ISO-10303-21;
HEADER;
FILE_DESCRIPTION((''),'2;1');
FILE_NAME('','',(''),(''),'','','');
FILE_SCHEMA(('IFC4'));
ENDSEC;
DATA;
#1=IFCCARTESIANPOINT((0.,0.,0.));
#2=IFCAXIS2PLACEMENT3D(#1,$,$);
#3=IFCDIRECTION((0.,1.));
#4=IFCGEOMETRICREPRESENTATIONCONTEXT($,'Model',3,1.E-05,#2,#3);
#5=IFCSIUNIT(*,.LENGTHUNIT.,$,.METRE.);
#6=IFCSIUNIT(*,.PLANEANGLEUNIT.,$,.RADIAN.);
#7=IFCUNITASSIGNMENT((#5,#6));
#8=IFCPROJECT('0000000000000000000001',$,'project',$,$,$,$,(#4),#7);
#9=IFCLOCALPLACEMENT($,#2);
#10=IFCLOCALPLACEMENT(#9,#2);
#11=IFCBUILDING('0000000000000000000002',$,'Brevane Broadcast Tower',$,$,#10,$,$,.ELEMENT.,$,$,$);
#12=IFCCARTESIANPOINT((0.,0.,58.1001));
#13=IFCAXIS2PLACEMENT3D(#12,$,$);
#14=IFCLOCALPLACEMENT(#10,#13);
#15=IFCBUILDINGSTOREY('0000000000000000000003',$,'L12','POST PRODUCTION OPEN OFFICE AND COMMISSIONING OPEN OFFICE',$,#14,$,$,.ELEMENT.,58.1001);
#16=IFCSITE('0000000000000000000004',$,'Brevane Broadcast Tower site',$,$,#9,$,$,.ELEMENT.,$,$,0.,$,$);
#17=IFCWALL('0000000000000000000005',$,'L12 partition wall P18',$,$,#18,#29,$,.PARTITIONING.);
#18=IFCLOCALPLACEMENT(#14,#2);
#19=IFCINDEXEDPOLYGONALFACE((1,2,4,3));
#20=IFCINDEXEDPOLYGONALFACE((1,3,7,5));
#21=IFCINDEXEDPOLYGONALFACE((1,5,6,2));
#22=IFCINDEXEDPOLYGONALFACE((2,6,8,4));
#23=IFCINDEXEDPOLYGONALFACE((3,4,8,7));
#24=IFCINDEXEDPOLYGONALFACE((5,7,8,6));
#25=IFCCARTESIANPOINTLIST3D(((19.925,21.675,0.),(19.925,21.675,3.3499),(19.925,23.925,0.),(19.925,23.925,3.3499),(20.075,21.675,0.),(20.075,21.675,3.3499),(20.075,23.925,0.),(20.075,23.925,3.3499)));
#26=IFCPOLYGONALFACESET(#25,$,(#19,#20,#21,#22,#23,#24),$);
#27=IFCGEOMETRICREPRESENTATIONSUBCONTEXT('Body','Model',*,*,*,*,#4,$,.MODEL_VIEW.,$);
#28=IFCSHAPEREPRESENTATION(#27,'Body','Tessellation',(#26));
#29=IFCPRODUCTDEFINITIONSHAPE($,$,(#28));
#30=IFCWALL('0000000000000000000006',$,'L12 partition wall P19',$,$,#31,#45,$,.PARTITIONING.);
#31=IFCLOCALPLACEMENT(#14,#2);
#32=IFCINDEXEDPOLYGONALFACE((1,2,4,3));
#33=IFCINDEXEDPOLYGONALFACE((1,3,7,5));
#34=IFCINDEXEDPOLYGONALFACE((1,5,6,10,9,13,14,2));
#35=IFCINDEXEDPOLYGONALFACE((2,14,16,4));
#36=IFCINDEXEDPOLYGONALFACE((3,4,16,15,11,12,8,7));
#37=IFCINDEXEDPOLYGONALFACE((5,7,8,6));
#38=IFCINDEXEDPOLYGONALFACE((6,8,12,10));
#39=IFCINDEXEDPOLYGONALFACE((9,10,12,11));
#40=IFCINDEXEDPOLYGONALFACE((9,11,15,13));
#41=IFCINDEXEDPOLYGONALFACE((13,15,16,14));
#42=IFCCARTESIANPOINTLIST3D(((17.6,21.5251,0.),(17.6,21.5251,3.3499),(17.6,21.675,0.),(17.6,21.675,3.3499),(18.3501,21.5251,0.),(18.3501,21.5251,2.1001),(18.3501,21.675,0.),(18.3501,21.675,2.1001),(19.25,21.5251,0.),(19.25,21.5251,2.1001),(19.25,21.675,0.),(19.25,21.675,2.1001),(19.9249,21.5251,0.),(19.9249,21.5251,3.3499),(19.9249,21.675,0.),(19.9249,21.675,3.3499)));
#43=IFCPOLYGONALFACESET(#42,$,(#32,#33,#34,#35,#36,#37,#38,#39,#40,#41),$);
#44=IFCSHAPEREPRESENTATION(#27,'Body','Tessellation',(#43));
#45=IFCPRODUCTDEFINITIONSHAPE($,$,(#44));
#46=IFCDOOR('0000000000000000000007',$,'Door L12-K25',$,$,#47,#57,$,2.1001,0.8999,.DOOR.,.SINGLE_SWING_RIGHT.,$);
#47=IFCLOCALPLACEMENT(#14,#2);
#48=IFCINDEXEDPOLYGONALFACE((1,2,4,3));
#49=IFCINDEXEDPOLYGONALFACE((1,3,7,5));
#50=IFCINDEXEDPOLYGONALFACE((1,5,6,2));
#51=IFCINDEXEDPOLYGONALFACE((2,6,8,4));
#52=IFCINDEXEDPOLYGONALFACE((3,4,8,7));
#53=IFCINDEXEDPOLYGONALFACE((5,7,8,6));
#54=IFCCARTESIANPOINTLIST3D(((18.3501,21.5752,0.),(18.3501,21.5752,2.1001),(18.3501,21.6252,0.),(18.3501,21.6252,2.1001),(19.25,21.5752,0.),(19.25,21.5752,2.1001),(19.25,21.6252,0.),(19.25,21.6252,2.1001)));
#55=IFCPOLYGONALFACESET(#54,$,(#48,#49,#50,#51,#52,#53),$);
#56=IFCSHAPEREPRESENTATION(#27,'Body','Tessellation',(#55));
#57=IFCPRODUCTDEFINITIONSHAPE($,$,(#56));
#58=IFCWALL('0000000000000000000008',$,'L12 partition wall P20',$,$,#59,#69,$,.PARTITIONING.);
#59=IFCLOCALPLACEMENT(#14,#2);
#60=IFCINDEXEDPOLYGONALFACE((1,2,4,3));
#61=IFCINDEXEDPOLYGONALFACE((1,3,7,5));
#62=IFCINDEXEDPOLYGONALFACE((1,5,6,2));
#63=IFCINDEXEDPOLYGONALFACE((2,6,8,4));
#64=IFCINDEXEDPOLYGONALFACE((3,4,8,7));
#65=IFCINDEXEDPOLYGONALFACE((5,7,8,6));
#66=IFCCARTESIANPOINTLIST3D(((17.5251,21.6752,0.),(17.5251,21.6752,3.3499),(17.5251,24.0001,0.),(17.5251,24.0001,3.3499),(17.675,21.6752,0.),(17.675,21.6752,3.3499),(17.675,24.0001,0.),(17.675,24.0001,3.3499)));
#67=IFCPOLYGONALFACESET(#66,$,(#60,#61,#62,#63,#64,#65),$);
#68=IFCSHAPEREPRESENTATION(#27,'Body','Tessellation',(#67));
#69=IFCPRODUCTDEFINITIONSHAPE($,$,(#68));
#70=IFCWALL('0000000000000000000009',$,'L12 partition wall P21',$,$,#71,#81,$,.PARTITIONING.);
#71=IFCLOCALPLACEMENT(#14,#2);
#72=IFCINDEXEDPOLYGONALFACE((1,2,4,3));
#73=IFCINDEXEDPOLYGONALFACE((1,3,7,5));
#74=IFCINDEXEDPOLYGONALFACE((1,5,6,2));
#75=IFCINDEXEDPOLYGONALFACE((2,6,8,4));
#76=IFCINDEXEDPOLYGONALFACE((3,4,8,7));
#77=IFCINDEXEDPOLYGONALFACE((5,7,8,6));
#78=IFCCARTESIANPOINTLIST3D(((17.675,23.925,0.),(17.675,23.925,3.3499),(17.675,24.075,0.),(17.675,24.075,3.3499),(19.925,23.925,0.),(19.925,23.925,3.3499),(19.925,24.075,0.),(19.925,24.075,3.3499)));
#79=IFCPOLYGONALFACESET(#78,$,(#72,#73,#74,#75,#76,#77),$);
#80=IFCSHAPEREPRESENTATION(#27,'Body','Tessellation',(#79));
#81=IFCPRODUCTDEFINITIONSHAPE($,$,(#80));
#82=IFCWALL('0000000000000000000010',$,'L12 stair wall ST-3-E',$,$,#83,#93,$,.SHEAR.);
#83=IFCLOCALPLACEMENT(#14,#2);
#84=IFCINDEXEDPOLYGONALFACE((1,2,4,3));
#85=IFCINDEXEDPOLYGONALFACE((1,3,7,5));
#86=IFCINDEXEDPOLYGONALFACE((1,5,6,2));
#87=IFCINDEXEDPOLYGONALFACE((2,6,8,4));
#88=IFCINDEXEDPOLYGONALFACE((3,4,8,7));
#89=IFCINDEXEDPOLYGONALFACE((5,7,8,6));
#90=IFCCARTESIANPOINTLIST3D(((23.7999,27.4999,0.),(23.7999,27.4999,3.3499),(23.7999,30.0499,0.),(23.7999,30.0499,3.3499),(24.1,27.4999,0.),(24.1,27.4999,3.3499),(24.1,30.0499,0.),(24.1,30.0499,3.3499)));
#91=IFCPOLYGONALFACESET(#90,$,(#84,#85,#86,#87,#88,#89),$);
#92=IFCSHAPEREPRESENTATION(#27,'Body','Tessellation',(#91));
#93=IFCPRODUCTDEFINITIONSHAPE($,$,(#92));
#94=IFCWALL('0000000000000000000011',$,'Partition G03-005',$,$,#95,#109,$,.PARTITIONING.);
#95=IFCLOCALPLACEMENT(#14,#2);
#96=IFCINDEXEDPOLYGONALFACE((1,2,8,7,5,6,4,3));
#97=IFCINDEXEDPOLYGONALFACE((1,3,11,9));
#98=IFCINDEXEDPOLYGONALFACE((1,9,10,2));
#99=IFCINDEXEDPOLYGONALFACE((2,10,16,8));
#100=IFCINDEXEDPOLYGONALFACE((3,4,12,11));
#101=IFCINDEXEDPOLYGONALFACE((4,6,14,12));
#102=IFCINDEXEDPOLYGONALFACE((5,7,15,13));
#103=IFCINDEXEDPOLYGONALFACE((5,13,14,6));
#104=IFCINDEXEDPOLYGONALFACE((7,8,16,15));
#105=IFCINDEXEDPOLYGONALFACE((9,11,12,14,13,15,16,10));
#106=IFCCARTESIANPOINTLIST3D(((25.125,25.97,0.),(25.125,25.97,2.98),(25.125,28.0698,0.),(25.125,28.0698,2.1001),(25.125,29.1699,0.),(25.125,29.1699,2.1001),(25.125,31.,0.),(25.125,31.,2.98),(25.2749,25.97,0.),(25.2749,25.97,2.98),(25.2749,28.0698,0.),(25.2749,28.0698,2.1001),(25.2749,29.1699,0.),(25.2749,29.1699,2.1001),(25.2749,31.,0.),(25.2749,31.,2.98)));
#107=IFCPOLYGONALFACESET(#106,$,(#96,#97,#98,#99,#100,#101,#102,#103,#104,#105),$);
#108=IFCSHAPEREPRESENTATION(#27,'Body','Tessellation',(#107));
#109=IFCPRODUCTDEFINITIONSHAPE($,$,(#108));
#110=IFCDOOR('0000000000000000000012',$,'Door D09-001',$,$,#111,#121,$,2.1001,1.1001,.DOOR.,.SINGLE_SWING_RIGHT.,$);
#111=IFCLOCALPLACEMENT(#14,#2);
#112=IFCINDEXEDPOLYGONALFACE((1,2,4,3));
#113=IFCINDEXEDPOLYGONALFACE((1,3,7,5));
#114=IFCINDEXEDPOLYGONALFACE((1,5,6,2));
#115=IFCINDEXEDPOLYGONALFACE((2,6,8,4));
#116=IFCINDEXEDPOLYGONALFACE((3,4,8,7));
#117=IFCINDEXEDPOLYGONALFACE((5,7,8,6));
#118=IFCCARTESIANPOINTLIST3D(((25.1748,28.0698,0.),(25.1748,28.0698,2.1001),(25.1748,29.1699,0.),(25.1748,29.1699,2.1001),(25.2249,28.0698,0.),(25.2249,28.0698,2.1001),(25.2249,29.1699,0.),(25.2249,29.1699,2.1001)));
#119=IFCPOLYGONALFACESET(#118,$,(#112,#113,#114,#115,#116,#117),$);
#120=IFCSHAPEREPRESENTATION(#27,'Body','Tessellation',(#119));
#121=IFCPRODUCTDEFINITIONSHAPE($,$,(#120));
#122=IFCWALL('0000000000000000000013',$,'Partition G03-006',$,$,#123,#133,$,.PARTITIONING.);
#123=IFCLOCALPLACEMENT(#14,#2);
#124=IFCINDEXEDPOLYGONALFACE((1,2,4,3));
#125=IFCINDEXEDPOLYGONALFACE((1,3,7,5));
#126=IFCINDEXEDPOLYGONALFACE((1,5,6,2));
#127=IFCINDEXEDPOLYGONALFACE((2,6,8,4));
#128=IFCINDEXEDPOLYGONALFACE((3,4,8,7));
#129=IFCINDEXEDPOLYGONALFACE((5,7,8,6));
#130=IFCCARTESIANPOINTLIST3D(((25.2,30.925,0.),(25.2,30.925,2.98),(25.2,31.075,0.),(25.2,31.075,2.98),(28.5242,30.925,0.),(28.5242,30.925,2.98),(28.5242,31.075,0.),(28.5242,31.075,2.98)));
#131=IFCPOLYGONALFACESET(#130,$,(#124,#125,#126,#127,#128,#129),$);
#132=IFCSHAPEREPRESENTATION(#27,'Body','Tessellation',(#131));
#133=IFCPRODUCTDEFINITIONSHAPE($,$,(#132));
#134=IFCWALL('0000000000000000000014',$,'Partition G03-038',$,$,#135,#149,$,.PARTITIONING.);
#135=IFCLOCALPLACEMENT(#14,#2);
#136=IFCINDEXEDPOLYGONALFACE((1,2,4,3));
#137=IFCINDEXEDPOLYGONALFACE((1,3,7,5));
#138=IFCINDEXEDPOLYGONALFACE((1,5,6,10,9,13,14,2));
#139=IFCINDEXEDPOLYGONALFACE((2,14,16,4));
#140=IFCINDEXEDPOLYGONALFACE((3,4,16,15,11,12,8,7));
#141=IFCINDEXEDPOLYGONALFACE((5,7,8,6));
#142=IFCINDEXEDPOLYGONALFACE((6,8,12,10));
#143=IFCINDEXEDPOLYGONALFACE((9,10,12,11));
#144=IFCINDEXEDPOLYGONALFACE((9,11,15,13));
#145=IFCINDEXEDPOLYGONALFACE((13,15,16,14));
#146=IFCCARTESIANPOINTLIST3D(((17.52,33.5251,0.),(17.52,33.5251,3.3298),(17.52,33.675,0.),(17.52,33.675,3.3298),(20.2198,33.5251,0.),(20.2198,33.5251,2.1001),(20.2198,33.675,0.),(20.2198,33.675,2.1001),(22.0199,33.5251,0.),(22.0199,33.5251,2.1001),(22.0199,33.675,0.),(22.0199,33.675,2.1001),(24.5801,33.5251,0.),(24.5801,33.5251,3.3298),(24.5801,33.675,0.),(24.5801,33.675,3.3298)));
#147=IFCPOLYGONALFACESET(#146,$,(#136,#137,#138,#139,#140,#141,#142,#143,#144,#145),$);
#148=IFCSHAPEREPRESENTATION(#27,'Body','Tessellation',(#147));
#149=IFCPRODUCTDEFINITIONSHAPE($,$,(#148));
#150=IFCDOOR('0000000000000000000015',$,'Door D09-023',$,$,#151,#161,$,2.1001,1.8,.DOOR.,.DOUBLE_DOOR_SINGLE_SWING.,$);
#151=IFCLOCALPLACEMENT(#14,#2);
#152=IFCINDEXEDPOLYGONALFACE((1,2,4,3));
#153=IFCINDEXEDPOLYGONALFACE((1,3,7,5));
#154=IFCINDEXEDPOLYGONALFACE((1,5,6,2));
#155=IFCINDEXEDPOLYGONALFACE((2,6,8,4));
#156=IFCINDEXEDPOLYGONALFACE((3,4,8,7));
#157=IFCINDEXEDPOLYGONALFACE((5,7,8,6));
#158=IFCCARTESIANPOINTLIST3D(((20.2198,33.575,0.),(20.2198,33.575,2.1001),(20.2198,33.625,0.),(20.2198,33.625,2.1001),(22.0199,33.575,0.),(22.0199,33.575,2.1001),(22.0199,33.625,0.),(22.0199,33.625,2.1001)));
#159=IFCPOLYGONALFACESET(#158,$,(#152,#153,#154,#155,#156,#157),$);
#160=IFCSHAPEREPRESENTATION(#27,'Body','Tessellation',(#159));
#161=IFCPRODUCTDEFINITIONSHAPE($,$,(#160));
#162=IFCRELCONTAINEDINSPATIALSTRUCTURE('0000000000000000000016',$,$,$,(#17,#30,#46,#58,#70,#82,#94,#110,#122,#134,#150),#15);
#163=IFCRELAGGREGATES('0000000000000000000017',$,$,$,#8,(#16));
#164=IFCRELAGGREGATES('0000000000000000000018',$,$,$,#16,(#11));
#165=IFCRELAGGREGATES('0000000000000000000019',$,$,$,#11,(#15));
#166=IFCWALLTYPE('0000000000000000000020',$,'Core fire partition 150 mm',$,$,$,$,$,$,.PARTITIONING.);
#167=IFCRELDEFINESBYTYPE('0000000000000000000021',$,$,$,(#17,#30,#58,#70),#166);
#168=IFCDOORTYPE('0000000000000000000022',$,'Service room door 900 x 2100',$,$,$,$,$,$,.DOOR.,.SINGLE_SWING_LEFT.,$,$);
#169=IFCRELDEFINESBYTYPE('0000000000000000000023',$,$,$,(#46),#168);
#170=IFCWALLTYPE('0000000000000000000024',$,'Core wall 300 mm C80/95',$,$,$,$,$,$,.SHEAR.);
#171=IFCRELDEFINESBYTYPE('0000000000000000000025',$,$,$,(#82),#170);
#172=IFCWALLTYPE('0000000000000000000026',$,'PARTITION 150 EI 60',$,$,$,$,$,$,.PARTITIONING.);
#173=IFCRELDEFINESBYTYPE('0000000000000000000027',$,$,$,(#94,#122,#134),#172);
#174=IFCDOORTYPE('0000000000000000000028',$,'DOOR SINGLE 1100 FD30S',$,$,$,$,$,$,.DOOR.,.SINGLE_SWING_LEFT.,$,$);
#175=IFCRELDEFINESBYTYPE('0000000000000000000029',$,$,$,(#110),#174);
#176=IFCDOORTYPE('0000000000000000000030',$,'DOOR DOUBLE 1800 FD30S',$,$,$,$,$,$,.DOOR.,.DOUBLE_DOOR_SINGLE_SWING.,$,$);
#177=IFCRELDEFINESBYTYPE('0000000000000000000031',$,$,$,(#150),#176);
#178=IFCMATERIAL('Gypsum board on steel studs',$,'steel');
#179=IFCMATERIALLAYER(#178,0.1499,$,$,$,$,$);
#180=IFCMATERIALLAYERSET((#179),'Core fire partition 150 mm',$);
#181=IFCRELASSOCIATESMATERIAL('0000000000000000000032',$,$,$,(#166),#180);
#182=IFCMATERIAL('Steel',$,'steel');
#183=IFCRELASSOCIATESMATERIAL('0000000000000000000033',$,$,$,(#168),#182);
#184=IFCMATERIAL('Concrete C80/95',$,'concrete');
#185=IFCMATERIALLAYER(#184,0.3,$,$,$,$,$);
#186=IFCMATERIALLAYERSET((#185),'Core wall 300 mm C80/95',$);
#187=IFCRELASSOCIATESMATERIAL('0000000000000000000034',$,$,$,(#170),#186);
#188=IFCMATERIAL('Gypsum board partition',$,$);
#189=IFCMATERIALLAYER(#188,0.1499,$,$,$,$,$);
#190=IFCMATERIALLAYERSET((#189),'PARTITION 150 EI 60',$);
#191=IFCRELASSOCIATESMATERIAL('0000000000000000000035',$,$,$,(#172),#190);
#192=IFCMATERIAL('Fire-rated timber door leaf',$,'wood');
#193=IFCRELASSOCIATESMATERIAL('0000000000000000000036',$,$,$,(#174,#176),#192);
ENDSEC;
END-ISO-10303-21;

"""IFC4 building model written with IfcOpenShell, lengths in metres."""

from ifc_helpers import new_model, si_unit, direction, frame, frame_2d, origin, place, context, subcontext, project, spatial, polyline, rectangle, outline, extrude, material, layer, layer_set, type_object, element, fill, save


model = new_model("IFC4")

# Units and contexts
model_context = context("Model", 3, precision=1e-05, world=origin(), true_north=direction((0.0, 1.0)))
body_context = subcontext(model_context, "Body", "Model", "MODEL_VIEW")
ifc_project = project(units=[si_unit("LENGTHUNIT", "METRE"), si_unit("PLANEANGLEUNIT", "RADIAN")], contexts=[model_context])

# Site, building, storey
site_placement = place(None, origin())
site = spatial("IfcSite", under=ifc_project, at=site_placement, Name="Brevane Broadcast Tower site", CompositionType="ELEMENT", RefElevation=0.0)
building_placement = place(site_placement, origin())
building = spatial("IfcBuilding", under=site, at=building_placement, Name="Brevane Broadcast Tower", CompositionType="ELEMENT")
storey_placement = place(building_placement, frame((0.0, 0.0, 58.1001)))
storey = spatial("IfcBuildingStorey", under=building, at=storey_placement, Name="L12", Description="POST PRODUCTION OPEN OFFICE AND COMMISSIONING OPEN OFFICE", CompositionType="ELEMENT", Elevation=58.1001)

# Shared definitions
ifc_material_1 = material(Name="Concrete C80/95", Category="concrete")

# Shared definitions
ifc_material_2 = material(Name="Gypsum board on steel studs", Category="steel")
ifc_layer_1 = layer(ifc_material_2, 0.1499)
ifc_layer_set_1 = layer_set([ifc_layer_1], Name="Core fire partition 150 mm")
wall_type_1 = type_object("IfcWallType", Name="Core fire partition 150 mm", PredefinedType="PARTITIONING", material=ifc_layer_set_1)

# Wall
wall_1_placement = place(storey_placement, frame((20.0, 21.675, 0.0), z_axis=(0.0, 0.0, 1.0), x_axis=(0.0, 1.0, 0.0)))
element("IfcWall", 1, at=wall_1_placement, inside=storey, type_object=wall_type_1, Name="L12 partition wall P18", PredefinedType="PARTITIONING", context=body_context, shape_type="SweptSolid", body=[
    extrude(rectangle(XDim=2.25, YDim=0.1499, at=frame_2d((1.125, 0.0))), origin(), (0.0, 0.0, 1.0), 3.3499),
])

# Wall, opening, door
wall_2_placement = place(storey_placement, frame((19.925, 21.6001, 0.0), z_axis=(0.0, 0.0, 1.0), x_axis=(-1.0, 0.0, 0.0)))
wall_2 = element("IfcWall", 2, at=wall_2_placement, inside=storey, type_object=wall_type_1, Name="L12 partition wall P19", PredefinedType="PARTITIONING", context=body_context, shape_type="SweptSolid", body=[
    extrude(rectangle(XDim=2.325, YDim=0.1499, at=frame_2d((1.1626, 0.0))), origin(), (0.0, 0.0, 1.0), 3.3499),
])
opening_1_placement = place(wall_2_placement, frame((0.675, 0.0, 0.0)))
opening_1 = element("IfcOpeningElement", 3, at=opening_1_placement, cuts=wall_2, PredefinedType="OPENING", context=body_context, shape_type="SweptSolid", body=[
    extrude(rectangle(XDim=0.8999, YDim=2.1001, at=frame_2d((0.45, 1.05))), frame((0.0, 0.085, 0.0), z_axis=(0.0, -1.0, 0.0), x_axis=(1.0, 0.0, 0.0)), (0.0, 0.0, 1.0), 0.1699),
])
ifc_material_3 = material(Name="Steel", Category="steel")
door_type_1 = type_object("IfcDoorType", Name="Service room door 900 x 2100", OperationType="SINGLE_SWING_LEFT", PredefinedType="DOOR", material=ifc_material_3)
door_1_placement = place(opening_1_placement, origin())
door_1 = element("IfcDoor", 4, at=door_1_placement, inside=storey, type_object=door_type_1, Name="Door L12-K25", OperationType="SINGLE_SWING_RIGHT", OverallHeight=2.1001, OverallWidth=0.8999, PredefinedType="DOOR", context=body_context, shape_type="SweptSolid", body=[
    extrude(rectangle(XDim=0.8999, YDim=2.1001, at=frame_2d((0.45, 1.05))), frame((0.0, 0.0249, 0.0), z_axis=(0.0, -1.0, 0.0), x_axis=(1.0, 0.0, 0.0)), (0.0, 0.0, 1.0), 0.05),
])
fill(opening_1, door_1)

# Walls
wall_3_placement = place(storey_placement, frame((17.6001, 21.675, 0.0), z_axis=(0.0, 0.0, 1.0), x_axis=(0.0, 1.0, 0.0)))
element("IfcWall", 5, at=wall_3_placement, inside=storey, type_object=wall_type_1, Name="L12 partition wall P20", PredefinedType="PARTITIONING", context=body_context, shape_type="SweptSolid", body=[
    extrude(rectangle(XDim=2.325, YDim=0.1499, at=frame_2d((1.1626, 0.0))), origin(), (0.0, 0.0, 1.0), 3.3499),
])
wall_4_placement = place(storey_placement, frame((17.675, 24.0, 0.0), z_axis=(0.0, 0.0, 1.0), x_axis=(1.0, 0.0, 0.0)))
element("IfcWall", 6, at=wall_4_placement, inside=storey, type_object=wall_type_1, Name="L12 partition wall P21", PredefinedType="PARTITIONING", context=body_context, shape_type="SweptSolid", body=[
    extrude(rectangle(XDim=2.25, YDim=0.1499, at=frame_2d((1.125, 0.0))), origin(), (0.0, 0.0, 1.0), 3.3499),
])
ifc_layer_2 = layer(ifc_material_1, 0.3)
ifc_layer_set_2 = layer_set([ifc_layer_2], Name="Core wall 300 mm C80/95")
wall_type_2 = type_object("IfcWallType", Name="Core wall 300 mm C80/95", PredefinedType="SHEAR", material=ifc_layer_set_2)
wall_5_placement = place(storey_placement, frame((23.95, 27.5, 0.0), z_axis=(0.0, 0.0, 1.0), x_axis=(0.0, 1.0, 0.0)))
element("IfcWall", 7, at=wall_5_placement, inside=storey, type_object=wall_type_2, Name="L12 stair wall ST-3-E", PredefinedType="SHEAR", context=body_context, shape_type="SweptSolid", body=[
    extrude(rectangle(XDim=2.55, YDim=0.3, at=frame_2d((1.2749, 0.0))), origin(), (0.0, 0.0, 1.0), 3.3499),
])

# Wall, opening, door
ifc_material_4 = material(Name="Gypsum board partition")
ifc_layer_3 = layer(ifc_material_4, 0.1499)
ifc_layer_set_3 = layer_set([ifc_layer_3], Name="PARTITION 150 EI 60")
wall_type_3 = type_object("IfcWallType", Name="PARTITION 150 EI 60", PredefinedType="PARTITIONING", material=ifc_layer_set_3)
wall_6_placement = place(storey_placement, frame((25.2, 31.0, 0.0), z_axis=(0.0, 0.0, 1.0), x_axis=(0.0, -1.0, 0.0)))
wall_6 = element("IfcWall", 8, at=wall_6_placement, inside=storey, type_object=wall_type_3, Name="Partition G03-005", PredefinedType="PARTITIONING", context=body_context, shape_type="SweptSolid", body=[
    extrude(outline(polyline([(0.0, 0.0), (5.03, 0.0), (5.03, 2.98), (0.0, 2.98), (0.0, 0.0)])), frame((0.0, 0.075, 0.0), z_axis=(0.0, -1.0, 0.0), x_axis=(1.0, 0.0, 0.0)), (0.0, 0.0, 1.0), 0.1499),
])
opening_2_placement = place(wall_6_placement, frame((1.8301, 0.0, 0.0)))
opening_2 = element("IfcOpeningElement", 9, at=opening_2_placement, cuts=wall_6, PredefinedType="OPENING", context=body_context, shape_type="SweptSolid", body=[
    extrude(rectangle(XDim=1.1001, YDim=2.1001, at=frame_2d((0.55, 1.05))), frame((0.0, 0.085, 0.0), z_axis=(0.0, -1.0, 0.0), x_axis=(1.0, 0.0, 0.0)), (0.0, 0.0, 1.0), 0.1699),
])
ifc_material_5 = material(Name="Fire-rated timber door leaf", Category="wood")
door_type_2 = type_object("IfcDoorType", Name="DOOR SINGLE 1100 FD30S", OperationType="SINGLE_SWING_LEFT", PredefinedType="DOOR", material=ifc_material_5)
door_2_placement = place(opening_2_placement, origin())
door_2 = element("IfcDoor", 10, at=door_2_placement, inside=storey, type_object=door_type_2, Name="Door D09-001", OperationType="SINGLE_SWING_RIGHT", OverallHeight=2.1001, OverallWidth=1.1001, PredefinedType="DOOR", context=body_context, shape_type="SweptSolid", body=[
    extrude(rectangle(XDim=1.1001, YDim=2.1001, at=frame_2d((0.55, 1.05))), frame((0.0, 0.0249, 0.0), z_axis=(0.0, -1.0, 0.0), x_axis=(1.0, 0.0, 0.0)), (0.0, 0.0, 1.0), 0.05),
])
fill(opening_2, door_2)

# Wall
wall_7_placement = place(storey_placement, frame((25.2, 31.0, 0.0), z_axis=(0.0, 0.0, 1.0), x_axis=(1.0, 0.0, 0.0)))
element("IfcWall", 11, at=wall_7_placement, inside=storey, type_object=wall_type_3, Name="Partition G03-006", PredefinedType="PARTITIONING", context=body_context, shape_type="SweptSolid", body=[
    extrude(rectangle(XDim=3.3242, YDim=0.1499, at=frame_2d((1.6621, 0.0))), origin(), (0.0, 0.0, 1.0), 2.98),
])

# Wall, opening, door
wall_8_placement = place(storey_placement, frame((17.52, 33.6001, 0.0), z_axis=(0.0, 0.0, 1.0), x_axis=(1.0, 0.0, 0.0)))
wall_8 = element("IfcWall", 12, at=wall_8_placement, inside=storey, type_object=wall_type_3, Name="Partition G03-038", PredefinedType="PARTITIONING", context=body_context, shape_type="SweptSolid", body=[
    extrude(rectangle(XDim=7.0601, YDim=0.1499, at=frame_2d((3.53, 0.0))), origin(), (0.0, 0.0, 1.0), 3.3298),
])
opening_3_placement = place(wall_8_placement, frame((2.7, 0.0, 0.0)))
opening_3 = element("IfcOpeningElement", 13, at=opening_3_placement, cuts=wall_8, PredefinedType="OPENING", context=body_context, shape_type="SweptSolid", body=[
    extrude(rectangle(XDim=1.8, YDim=2.1001, at=frame_2d((0.8999, 1.05))), frame((0.0, 0.085, 0.0), z_axis=(0.0, -1.0, 0.0), x_axis=(1.0, 0.0, 0.0)), (0.0, 0.0, 1.0), 0.1699),
])
door_type_3 = type_object("IfcDoorType", Name="DOOR DOUBLE 1800 FD30S", OperationType="DOUBLE_DOOR_SINGLE_SWING", PredefinedType="DOOR", material=ifc_material_5)
door_3_placement = place(opening_3_placement, origin())
door_3 = element("IfcDoor", 14, at=door_3_placement, inside=storey, type_object=door_type_3, Name="Door D09-023", OperationType="DOUBLE_DOOR_SINGLE_SWING", OverallHeight=2.1001, OverallWidth=1.8, PredefinedType="DOOR", context=body_context, shape_type="SweptSolid", body=[
    extrude(rectangle(XDim=1.8, YDim=2.1001, at=frame_2d((0.8999, 1.05))), frame((0.0, 0.0249, 0.0), z_axis=(0.0, -1.0, 0.0), x_axis=(1.0, 0.0, 0.0)), (0.0, 0.0, 1.0), 0.05),
])
fill(opening_3, door_3)

save(model, "model.ifc")
